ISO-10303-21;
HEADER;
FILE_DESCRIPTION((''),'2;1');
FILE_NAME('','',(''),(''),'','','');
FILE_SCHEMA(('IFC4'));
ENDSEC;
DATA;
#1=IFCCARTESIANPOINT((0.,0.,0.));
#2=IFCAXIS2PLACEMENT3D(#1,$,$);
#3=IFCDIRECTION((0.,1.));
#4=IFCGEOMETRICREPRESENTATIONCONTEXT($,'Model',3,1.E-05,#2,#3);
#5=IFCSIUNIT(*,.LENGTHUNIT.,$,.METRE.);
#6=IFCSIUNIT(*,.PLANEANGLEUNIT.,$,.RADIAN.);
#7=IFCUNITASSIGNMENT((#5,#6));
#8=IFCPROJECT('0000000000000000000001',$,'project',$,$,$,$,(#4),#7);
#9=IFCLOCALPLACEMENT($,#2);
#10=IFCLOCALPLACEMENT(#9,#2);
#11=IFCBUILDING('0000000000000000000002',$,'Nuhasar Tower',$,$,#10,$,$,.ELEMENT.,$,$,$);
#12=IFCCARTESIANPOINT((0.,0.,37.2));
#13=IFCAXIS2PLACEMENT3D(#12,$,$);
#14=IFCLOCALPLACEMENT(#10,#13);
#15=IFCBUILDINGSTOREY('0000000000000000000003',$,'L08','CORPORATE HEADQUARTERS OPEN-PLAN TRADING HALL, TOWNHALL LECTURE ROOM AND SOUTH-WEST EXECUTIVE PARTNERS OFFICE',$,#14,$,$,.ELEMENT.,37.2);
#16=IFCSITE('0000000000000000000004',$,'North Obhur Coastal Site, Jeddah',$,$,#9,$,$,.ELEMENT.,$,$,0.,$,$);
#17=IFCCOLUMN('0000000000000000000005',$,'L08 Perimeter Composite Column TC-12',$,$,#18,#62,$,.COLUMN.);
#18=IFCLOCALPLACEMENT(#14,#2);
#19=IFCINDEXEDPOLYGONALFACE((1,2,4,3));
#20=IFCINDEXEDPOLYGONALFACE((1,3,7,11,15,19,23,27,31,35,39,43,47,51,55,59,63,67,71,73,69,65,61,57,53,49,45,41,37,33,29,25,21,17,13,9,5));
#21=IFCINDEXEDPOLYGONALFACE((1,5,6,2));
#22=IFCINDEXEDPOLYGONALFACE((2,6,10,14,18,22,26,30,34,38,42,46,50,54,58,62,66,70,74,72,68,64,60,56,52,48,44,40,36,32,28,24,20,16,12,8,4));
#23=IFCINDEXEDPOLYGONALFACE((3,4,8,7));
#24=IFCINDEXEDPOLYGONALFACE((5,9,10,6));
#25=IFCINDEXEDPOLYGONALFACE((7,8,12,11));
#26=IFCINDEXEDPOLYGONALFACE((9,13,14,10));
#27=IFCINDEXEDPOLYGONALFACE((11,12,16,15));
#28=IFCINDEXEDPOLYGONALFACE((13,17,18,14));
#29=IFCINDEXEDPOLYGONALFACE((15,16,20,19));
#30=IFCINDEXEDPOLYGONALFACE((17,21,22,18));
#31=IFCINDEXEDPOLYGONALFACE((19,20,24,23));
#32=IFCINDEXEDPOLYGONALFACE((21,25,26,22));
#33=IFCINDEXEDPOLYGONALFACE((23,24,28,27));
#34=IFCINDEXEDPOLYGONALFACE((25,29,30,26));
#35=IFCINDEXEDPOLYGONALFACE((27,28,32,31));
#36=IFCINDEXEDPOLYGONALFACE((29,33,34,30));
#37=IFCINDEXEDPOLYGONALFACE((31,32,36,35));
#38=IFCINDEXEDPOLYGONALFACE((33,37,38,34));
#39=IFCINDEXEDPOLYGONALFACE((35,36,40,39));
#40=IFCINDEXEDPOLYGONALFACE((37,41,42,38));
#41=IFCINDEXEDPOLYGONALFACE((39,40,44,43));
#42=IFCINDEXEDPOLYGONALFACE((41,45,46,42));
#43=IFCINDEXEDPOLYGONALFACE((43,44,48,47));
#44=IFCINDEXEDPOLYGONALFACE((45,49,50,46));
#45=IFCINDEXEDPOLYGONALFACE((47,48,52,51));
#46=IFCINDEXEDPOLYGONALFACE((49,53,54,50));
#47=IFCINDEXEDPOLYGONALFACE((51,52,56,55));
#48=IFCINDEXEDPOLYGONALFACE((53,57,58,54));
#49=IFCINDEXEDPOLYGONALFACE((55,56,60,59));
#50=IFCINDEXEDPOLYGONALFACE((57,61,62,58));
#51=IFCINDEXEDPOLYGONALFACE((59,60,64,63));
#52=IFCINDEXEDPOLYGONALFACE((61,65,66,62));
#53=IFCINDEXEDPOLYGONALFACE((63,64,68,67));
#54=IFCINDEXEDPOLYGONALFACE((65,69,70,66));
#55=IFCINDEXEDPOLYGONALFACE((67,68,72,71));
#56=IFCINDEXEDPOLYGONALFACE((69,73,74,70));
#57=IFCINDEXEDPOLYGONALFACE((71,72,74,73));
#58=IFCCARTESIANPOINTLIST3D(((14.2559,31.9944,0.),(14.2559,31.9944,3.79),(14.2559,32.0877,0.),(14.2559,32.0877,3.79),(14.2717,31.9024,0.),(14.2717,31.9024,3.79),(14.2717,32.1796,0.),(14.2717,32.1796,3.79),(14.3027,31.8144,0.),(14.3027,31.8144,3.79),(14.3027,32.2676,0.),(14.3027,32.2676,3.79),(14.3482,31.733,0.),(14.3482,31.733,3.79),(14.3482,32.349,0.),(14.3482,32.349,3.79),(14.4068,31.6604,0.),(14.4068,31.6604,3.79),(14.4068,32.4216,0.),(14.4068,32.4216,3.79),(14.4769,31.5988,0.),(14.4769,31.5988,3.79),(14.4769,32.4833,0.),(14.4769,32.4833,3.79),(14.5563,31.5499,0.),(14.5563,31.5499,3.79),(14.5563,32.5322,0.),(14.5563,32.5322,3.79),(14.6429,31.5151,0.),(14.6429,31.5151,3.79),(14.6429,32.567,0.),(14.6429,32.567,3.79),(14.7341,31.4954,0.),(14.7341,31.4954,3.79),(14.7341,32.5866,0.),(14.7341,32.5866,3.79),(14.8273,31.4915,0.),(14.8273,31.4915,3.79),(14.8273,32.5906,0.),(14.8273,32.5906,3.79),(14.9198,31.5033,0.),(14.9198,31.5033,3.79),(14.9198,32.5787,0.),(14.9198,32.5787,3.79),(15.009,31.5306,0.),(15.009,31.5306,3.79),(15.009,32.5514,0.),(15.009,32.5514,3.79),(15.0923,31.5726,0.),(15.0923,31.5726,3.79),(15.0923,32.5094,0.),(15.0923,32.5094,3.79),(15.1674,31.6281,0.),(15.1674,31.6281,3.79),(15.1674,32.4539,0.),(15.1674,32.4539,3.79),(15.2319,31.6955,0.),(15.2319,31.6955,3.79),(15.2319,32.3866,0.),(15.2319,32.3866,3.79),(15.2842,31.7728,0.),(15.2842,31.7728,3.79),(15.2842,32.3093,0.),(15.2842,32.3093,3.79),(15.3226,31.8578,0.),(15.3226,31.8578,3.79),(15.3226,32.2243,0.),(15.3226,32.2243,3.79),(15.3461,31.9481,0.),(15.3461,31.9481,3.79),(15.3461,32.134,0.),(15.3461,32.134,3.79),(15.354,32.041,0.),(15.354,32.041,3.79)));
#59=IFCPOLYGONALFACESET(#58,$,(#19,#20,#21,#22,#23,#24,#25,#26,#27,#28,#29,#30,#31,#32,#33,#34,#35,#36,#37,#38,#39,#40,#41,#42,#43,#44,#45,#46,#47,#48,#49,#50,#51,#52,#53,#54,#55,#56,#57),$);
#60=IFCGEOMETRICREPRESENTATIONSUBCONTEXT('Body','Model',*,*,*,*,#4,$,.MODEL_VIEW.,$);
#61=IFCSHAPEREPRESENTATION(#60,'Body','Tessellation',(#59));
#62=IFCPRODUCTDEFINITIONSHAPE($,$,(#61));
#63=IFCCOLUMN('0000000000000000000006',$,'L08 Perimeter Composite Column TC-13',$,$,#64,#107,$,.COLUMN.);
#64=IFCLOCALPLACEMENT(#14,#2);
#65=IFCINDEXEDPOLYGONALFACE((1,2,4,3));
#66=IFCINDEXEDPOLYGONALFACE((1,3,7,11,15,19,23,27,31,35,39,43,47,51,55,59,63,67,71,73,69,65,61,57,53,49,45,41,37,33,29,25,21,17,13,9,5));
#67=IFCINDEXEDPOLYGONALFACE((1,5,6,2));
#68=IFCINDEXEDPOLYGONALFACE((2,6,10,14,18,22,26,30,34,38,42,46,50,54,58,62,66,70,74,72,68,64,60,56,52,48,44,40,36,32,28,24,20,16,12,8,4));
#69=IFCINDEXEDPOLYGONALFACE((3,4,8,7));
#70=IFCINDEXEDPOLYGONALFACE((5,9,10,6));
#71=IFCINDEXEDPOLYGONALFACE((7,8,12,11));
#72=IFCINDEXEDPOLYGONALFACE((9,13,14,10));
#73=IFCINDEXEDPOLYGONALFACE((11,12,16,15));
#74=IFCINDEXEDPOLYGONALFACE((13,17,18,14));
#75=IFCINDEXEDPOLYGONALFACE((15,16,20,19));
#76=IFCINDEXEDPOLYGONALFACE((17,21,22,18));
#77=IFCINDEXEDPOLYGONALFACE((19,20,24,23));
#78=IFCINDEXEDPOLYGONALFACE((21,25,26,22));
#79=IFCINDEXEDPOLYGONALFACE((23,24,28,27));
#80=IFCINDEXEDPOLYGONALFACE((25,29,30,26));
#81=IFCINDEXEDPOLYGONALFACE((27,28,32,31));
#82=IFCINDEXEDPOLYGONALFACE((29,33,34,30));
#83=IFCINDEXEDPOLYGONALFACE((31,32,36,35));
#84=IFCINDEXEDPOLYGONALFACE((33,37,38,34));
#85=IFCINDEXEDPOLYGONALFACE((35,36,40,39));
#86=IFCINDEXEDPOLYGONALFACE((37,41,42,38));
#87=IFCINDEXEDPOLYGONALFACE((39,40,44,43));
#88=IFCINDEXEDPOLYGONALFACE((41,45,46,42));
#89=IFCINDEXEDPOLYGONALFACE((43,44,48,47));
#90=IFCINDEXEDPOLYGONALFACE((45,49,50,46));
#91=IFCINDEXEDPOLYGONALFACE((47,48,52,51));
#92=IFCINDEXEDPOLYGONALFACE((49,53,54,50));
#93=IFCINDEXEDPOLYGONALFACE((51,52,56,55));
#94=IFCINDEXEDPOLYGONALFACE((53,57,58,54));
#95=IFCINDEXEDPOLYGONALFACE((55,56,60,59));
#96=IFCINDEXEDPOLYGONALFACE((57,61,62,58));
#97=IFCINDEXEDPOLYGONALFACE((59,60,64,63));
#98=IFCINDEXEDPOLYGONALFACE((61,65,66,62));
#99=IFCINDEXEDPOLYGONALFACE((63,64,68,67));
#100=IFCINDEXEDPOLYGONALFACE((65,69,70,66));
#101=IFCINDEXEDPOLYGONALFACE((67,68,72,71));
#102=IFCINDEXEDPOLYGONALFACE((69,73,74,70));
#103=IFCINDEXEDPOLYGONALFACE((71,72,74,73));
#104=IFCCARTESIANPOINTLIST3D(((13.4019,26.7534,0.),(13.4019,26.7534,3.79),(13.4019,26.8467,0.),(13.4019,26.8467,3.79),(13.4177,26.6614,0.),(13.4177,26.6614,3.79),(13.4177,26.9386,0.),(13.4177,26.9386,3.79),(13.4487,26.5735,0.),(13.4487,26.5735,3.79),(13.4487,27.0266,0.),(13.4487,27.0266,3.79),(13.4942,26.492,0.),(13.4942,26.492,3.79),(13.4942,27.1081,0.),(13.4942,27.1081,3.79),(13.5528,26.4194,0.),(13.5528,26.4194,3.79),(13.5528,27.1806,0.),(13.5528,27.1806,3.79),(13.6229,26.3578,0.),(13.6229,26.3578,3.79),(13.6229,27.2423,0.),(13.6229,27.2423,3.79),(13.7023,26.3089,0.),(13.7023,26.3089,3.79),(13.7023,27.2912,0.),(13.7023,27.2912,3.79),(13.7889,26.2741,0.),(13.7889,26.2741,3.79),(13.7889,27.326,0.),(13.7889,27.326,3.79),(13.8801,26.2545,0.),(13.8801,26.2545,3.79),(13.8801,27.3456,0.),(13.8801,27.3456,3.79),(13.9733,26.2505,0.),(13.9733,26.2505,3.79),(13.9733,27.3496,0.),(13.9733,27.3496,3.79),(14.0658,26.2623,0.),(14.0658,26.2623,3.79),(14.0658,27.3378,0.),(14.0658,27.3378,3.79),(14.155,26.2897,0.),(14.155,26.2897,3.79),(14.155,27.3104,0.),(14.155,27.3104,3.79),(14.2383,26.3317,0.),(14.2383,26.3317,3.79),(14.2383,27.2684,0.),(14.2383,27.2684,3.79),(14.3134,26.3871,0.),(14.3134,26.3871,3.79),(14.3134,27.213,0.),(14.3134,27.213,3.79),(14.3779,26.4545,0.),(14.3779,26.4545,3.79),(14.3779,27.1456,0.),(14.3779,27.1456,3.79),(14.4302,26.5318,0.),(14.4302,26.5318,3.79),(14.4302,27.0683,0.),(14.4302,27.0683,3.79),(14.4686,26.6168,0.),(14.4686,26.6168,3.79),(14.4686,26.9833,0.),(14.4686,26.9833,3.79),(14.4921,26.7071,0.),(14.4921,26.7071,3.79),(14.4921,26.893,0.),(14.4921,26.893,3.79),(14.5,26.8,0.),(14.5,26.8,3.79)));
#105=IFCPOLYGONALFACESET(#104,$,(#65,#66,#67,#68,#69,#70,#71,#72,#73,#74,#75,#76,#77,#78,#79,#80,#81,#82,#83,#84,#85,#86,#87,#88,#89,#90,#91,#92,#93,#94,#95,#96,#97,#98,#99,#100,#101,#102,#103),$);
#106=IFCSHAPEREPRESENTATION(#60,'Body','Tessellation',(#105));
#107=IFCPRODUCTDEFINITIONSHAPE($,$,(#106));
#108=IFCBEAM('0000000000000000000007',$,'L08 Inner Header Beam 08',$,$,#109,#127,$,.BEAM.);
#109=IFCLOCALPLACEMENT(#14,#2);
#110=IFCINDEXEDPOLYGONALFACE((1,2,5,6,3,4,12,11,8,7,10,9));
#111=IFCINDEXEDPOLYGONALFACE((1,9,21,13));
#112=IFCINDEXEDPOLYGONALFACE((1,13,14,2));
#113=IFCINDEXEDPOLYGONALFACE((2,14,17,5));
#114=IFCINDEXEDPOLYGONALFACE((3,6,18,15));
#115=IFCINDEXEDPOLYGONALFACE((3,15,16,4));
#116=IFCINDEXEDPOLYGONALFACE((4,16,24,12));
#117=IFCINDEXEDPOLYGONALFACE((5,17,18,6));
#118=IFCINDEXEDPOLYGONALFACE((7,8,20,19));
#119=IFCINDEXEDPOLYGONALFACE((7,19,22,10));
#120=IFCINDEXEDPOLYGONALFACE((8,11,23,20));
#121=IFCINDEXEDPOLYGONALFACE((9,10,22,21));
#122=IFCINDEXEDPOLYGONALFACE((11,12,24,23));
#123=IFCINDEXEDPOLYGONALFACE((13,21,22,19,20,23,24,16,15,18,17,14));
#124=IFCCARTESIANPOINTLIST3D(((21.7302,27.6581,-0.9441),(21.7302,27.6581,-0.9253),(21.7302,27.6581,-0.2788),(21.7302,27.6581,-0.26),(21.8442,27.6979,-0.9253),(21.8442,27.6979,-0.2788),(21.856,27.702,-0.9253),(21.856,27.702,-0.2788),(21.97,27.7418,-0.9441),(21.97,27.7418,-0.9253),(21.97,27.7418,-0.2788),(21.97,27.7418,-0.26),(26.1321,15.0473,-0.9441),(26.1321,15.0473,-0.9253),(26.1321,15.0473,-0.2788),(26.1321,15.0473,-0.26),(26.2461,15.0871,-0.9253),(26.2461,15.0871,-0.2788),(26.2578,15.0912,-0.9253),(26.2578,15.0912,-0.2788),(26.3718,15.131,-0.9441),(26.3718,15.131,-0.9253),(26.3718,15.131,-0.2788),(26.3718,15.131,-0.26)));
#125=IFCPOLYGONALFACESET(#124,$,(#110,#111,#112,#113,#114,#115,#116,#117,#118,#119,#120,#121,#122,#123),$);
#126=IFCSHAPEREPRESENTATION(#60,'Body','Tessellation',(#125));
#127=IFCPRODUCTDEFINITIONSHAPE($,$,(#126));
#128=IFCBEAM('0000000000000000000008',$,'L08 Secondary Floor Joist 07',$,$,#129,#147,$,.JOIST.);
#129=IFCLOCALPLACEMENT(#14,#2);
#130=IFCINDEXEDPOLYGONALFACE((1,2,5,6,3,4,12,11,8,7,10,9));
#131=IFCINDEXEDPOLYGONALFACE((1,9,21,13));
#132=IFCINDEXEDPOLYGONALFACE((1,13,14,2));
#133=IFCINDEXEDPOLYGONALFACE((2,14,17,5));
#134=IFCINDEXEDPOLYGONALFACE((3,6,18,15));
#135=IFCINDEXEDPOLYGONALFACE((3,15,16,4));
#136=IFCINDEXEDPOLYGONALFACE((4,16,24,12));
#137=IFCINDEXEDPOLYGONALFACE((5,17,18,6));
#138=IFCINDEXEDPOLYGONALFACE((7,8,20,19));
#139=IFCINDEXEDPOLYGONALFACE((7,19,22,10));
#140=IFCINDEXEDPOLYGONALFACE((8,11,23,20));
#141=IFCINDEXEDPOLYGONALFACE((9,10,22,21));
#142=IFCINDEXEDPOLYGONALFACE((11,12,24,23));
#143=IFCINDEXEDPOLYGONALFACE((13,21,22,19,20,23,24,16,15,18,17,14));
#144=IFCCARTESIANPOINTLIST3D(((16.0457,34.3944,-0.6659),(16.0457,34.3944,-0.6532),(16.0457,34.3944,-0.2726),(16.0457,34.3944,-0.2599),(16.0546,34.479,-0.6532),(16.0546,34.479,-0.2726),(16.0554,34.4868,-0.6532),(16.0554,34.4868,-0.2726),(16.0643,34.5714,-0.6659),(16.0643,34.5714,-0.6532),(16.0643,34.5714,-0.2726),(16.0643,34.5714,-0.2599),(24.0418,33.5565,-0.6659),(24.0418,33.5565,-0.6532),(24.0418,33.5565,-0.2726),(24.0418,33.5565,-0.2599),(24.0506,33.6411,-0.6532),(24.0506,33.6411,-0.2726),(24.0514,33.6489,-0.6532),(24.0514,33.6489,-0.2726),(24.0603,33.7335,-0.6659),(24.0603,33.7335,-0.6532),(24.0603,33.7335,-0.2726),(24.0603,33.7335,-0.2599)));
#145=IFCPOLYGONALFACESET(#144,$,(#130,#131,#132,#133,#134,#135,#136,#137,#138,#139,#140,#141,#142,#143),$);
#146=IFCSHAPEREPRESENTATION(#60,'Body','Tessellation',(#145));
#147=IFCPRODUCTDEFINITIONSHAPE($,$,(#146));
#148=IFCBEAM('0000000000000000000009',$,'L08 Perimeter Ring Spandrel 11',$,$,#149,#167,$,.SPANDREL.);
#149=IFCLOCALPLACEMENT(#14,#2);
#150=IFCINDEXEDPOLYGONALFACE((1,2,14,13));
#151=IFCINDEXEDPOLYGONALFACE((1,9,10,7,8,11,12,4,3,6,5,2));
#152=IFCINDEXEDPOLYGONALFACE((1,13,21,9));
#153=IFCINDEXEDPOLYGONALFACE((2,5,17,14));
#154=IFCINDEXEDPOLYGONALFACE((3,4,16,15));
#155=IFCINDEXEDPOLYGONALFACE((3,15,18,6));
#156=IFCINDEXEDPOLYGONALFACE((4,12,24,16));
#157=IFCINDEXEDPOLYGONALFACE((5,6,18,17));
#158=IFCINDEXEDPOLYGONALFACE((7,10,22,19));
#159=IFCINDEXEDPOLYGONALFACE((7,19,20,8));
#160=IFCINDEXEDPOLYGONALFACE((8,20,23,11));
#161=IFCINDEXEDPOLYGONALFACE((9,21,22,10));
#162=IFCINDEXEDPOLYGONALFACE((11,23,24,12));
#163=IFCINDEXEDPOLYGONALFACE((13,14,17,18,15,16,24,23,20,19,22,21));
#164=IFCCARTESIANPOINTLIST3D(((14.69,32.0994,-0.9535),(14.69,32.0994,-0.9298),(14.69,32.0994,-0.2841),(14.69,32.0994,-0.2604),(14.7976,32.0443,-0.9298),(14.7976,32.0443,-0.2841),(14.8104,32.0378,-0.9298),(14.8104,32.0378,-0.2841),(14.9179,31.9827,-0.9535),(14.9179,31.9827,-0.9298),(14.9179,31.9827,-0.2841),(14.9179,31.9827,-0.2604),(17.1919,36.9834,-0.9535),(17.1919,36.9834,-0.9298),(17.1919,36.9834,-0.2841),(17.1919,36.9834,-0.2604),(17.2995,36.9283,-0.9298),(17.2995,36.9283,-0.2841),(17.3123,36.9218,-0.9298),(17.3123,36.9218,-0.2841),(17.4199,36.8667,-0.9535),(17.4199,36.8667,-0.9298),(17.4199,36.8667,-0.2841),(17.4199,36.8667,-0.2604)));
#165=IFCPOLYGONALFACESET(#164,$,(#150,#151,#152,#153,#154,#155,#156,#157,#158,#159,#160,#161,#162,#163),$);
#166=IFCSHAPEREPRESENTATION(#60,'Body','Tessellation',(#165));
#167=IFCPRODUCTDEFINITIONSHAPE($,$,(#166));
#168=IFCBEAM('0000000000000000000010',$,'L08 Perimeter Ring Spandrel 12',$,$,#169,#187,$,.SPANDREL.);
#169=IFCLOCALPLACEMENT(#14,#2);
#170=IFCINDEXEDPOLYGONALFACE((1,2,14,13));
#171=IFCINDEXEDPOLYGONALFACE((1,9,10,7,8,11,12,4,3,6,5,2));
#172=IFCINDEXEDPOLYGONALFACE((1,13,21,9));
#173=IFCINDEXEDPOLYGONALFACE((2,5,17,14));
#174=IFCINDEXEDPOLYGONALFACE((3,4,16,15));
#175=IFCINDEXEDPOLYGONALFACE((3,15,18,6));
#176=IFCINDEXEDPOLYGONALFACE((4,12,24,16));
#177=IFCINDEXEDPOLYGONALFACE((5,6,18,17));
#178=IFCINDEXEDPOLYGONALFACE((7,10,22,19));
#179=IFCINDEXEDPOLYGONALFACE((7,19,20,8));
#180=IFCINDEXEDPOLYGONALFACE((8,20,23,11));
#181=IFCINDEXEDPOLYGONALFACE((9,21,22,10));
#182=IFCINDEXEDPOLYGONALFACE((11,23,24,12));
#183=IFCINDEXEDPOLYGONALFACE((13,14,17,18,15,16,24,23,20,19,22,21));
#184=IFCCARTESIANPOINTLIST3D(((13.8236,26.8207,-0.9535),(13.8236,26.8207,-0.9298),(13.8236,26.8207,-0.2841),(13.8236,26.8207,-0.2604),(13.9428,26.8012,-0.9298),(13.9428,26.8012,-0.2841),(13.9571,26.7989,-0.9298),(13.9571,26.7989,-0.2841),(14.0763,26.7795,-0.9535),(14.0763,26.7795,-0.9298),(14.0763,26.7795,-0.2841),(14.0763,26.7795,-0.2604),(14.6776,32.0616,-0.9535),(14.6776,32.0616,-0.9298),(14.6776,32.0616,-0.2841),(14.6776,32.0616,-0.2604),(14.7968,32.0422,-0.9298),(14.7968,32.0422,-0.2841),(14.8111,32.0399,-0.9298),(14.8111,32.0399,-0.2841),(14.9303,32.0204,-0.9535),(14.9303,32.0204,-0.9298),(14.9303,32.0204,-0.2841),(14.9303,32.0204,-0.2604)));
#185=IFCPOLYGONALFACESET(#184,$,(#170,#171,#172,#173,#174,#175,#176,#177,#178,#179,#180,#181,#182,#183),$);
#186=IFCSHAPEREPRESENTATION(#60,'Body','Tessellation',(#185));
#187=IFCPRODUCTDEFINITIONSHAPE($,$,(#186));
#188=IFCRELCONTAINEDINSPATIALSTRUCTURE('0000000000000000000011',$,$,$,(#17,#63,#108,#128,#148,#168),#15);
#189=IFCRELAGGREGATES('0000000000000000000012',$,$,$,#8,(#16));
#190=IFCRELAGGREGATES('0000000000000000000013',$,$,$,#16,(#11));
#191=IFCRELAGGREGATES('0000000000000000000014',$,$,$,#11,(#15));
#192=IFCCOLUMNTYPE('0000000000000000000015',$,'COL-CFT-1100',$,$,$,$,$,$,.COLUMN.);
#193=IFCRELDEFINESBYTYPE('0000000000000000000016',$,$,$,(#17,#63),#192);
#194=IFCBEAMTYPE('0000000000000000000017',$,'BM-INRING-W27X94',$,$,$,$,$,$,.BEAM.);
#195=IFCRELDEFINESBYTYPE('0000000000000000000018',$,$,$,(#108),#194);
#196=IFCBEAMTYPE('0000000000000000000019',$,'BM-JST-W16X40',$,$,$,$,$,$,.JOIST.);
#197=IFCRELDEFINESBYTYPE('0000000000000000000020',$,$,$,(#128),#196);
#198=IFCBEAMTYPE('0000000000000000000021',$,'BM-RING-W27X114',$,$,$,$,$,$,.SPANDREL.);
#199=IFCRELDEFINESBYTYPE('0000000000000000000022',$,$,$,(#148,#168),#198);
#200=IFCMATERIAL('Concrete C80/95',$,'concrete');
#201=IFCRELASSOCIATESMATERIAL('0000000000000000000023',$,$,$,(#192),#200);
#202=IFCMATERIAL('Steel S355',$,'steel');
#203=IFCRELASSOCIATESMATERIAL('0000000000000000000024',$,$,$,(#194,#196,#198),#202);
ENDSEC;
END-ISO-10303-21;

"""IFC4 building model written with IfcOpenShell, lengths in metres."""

from ifc_helpers import new_model, si_unit, direction, frame, origin, origin_2d, place, context, subcontext, project, spatial, circle, i_section, extrude, material, material_profile, profile_set, type_object, element, save


model = new_model("IFC4")

# Units and contexts
model_context = context("Model", 3, precision=1e-05, world=origin(), true_north=direction((0.0, 1.0)))
body_context = subcontext(model_context, "Body", "Model", "MODEL_VIEW")
ifc_project = project(units=[si_unit("LENGTHUNIT", "METRE"), si_unit("PLANEANGLEUNIT", "RADIAN")], contexts=[model_context])

# Site, building, storey
site_placement = place(None, origin())
site = spatial("IfcSite", under=ifc_project, at=site_placement, Name="North Obhur Coastal Site, Jeddah", CompositionType="ELEMENT", RefElevation=0.0)
building_placement = place(site_placement, origin())
building = spatial("IfcBuilding", under=site, at=building_placement, Name="Nuhasar Tower", CompositionType="ELEMENT")
storey_placement = place(building_placement, frame((0.0, 0.0, 37.2)))
storey = spatial("IfcBuildingStorey", under=building, at=storey_placement, Name="L08", Description="CORPORATE HEADQUARTERS OPEN-PLAN TRADING HALL, TOWNHALL LECTURE ROOM AND SOUTH-WEST EXECUTIVE PARTNERS OFFICE", CompositionType="ELEMENT", Elevation=37.2)

# Columns
ifc_material_1 = material(Name="Concrete C80/95", Category="concrete")
ifc_material_profile_1 = material_profile(ifc_material_1, circle(Radius=0.55, at=origin_2d()), Name="CFT1100")
ifc_profile_set_1 = profile_set([ifc_material_profile_1], Name="Concrete C80/95")
column_type = type_object("IfcColumnType", Name="COL-CFT-1100", PredefinedType="COLUMN", material=ifc_profile_set_1)
for number, where, z_axis, x_axis, name in (
    (1, (14.804, 32.041, 0.0), (0.0, 0.0, 1.0), (1.0, 0.0, 0.0), "L08 Perimeter Composite Column TC-12"),
    (2, (13.95, 26.8, 0.0), (0.0, 0.0, 1.0), (1.0, 0.0, 0.0), "L08 Perimeter Composite Column TC-13"),
):
    element("IfcColumn", number, at=place(storey_placement, frame(where, z_axis=z_axis, x_axis=x_axis)), inside=storey, type_object=column_type, Name=name, PredefinedType="COLUMN", context=body_context, shape_type="SweptSolid", body=[
        extrude(circle(Radius=0.55, at=origin_2d()), origin(), (0.0, 0.0, 1.0), 3.79),
    ])

# Beams
ifc_material_2 = material(Name="Steel S355", Category="steel")
ifc_material_profile_2 = material_profile(ifc_material_2, i_section(OverallWidth=0.2539, OverallDepth=0.6841, WebThickness=0.0125, FlangeThickness=0.0188, at=origin_2d()), Name="W27X94")
ifc_profile_set_2 = profile_set([ifc_material_profile_2], Name="Steel S355")
beam_type_1 = type_object("IfcBeamType", Name="BM-INRING-W27X94", PredefinedType="BEAM", material=ifc_profile_set_2)
beam_1_placement = place(storey_placement, frame((21.8501, 27.7, -0.6021), z_axis=(0.329554, -0.944137, 0.0), x_axis=(0.944137, 0.329554, 0.0)))
element("IfcBeam", 3, at=beam_1_placement, inside=storey, type_object=beam_type_1, Name="L08 Inner Header Beam 08", PredefinedType="BEAM", context=body_context, shape_type="SweptSolid", body=[
    extrude(i_section(OverallWidth=0.2539, OverallDepth=0.6841, WebThickness=0.0125, FlangeThickness=0.0188, at=origin_2d()), origin(), (0.0, 0.0, 1.0), 13.3569),
])
ifc_material_profile_3 = material_profile(ifc_material_2, i_section(OverallWidth=0.178, OverallDepth=0.406, WebThickness=0.0078, FlangeThickness=0.0127, at=origin_2d()), Name="W16X40")
ifc_profile_set_3 = profile_set([ifc_material_profile_3], Name="Steel S355")
beam_type_2 = type_object("IfcBeamType", Name="BM-JST-W16X40", PredefinedType="JOIST", material=ifc_profile_set_3)
beam_2_placement = place(storey_placement, frame((24.051, 33.645, -0.4629), z_axis=(-0.994555, 0.104217, 0.0), x_axis=(-0.104217, -0.994555, 0.0)))
element("IfcBeam", 4, at=beam_2_placement, inside=storey, type_object=beam_type_2, Name="L08 Secondary Floor Joist 07", PredefinedType="JOIST", context=body_context, shape_type="SweptSolid", body=[
    extrude(i_section(OverallWidth=0.178, OverallDepth=0.406, WebThickness=0.0078, FlangeThickness=0.0127, at=origin_2d()), origin(), (0.0, 0.0, 1.0), 8.0398),
])
ifc_material_profile_4 = material_profile(ifc_material_2, i_section(OverallWidth=0.2561, OverallDepth=0.6931, WebThickness=0.0144, FlangeThickness=0.0237, at=origin_2d()), Name="W27X114")
ifc_profile_set_4 = profile_set([ifc_material_profile_4], Name="Steel S355")
beam_type_3 = type_object("IfcBeamType", Name="BM-RING-W27X114", PredefinedType="SPANDREL", material=ifc_profile_set_4)
beam_3_placement = place(storey_placement, frame((17.3059, 36.925, -0.6069), z_axis=(-0.45593, -0.890016, 0.0), x_axis=(0.890016, -0.45593, 0.0)))
element("IfcBeam", 5, at=beam_3_placement, inside=storey, type_object=beam_type_3, Name="L08 Perimeter Ring Spandrel 11", PredefinedType="SPANDREL", context=body_context, shape_type="SweptSolid", body=[
    extrude(i_section(OverallWidth=0.2561, OverallDepth=0.6931, WebThickness=0.0144, FlangeThickness=0.0237, at=origin_2d()), origin(), (0.0, 0.0, 1.0), 5.4875),
])
for number, where, z_axis, x_axis, name in (
    (6, (14.804, 32.041, -0.6069), (-0.160827, -0.986983, 0.0), (0.986983, -0.160827, 0.0), "L08 Perimeter Ring Spandrel 12"),
):
    element("IfcBeam", number, at=place(storey_placement, frame(where, z_axis=z_axis, x_axis=x_axis)), inside=storey, type_object=beam_type_3, Name=name, PredefinedType="SPANDREL", context=body_context, shape_type="SweptSolid", body=[
        extrude(i_section(OverallWidth=0.2561, OverallDepth=0.6931, WebThickness=0.0144, FlangeThickness=0.0237, at=origin_2d()), origin(), (0.0, 0.0, 1.0), 5.3101),
    ])

save(model, "model.ifc")
